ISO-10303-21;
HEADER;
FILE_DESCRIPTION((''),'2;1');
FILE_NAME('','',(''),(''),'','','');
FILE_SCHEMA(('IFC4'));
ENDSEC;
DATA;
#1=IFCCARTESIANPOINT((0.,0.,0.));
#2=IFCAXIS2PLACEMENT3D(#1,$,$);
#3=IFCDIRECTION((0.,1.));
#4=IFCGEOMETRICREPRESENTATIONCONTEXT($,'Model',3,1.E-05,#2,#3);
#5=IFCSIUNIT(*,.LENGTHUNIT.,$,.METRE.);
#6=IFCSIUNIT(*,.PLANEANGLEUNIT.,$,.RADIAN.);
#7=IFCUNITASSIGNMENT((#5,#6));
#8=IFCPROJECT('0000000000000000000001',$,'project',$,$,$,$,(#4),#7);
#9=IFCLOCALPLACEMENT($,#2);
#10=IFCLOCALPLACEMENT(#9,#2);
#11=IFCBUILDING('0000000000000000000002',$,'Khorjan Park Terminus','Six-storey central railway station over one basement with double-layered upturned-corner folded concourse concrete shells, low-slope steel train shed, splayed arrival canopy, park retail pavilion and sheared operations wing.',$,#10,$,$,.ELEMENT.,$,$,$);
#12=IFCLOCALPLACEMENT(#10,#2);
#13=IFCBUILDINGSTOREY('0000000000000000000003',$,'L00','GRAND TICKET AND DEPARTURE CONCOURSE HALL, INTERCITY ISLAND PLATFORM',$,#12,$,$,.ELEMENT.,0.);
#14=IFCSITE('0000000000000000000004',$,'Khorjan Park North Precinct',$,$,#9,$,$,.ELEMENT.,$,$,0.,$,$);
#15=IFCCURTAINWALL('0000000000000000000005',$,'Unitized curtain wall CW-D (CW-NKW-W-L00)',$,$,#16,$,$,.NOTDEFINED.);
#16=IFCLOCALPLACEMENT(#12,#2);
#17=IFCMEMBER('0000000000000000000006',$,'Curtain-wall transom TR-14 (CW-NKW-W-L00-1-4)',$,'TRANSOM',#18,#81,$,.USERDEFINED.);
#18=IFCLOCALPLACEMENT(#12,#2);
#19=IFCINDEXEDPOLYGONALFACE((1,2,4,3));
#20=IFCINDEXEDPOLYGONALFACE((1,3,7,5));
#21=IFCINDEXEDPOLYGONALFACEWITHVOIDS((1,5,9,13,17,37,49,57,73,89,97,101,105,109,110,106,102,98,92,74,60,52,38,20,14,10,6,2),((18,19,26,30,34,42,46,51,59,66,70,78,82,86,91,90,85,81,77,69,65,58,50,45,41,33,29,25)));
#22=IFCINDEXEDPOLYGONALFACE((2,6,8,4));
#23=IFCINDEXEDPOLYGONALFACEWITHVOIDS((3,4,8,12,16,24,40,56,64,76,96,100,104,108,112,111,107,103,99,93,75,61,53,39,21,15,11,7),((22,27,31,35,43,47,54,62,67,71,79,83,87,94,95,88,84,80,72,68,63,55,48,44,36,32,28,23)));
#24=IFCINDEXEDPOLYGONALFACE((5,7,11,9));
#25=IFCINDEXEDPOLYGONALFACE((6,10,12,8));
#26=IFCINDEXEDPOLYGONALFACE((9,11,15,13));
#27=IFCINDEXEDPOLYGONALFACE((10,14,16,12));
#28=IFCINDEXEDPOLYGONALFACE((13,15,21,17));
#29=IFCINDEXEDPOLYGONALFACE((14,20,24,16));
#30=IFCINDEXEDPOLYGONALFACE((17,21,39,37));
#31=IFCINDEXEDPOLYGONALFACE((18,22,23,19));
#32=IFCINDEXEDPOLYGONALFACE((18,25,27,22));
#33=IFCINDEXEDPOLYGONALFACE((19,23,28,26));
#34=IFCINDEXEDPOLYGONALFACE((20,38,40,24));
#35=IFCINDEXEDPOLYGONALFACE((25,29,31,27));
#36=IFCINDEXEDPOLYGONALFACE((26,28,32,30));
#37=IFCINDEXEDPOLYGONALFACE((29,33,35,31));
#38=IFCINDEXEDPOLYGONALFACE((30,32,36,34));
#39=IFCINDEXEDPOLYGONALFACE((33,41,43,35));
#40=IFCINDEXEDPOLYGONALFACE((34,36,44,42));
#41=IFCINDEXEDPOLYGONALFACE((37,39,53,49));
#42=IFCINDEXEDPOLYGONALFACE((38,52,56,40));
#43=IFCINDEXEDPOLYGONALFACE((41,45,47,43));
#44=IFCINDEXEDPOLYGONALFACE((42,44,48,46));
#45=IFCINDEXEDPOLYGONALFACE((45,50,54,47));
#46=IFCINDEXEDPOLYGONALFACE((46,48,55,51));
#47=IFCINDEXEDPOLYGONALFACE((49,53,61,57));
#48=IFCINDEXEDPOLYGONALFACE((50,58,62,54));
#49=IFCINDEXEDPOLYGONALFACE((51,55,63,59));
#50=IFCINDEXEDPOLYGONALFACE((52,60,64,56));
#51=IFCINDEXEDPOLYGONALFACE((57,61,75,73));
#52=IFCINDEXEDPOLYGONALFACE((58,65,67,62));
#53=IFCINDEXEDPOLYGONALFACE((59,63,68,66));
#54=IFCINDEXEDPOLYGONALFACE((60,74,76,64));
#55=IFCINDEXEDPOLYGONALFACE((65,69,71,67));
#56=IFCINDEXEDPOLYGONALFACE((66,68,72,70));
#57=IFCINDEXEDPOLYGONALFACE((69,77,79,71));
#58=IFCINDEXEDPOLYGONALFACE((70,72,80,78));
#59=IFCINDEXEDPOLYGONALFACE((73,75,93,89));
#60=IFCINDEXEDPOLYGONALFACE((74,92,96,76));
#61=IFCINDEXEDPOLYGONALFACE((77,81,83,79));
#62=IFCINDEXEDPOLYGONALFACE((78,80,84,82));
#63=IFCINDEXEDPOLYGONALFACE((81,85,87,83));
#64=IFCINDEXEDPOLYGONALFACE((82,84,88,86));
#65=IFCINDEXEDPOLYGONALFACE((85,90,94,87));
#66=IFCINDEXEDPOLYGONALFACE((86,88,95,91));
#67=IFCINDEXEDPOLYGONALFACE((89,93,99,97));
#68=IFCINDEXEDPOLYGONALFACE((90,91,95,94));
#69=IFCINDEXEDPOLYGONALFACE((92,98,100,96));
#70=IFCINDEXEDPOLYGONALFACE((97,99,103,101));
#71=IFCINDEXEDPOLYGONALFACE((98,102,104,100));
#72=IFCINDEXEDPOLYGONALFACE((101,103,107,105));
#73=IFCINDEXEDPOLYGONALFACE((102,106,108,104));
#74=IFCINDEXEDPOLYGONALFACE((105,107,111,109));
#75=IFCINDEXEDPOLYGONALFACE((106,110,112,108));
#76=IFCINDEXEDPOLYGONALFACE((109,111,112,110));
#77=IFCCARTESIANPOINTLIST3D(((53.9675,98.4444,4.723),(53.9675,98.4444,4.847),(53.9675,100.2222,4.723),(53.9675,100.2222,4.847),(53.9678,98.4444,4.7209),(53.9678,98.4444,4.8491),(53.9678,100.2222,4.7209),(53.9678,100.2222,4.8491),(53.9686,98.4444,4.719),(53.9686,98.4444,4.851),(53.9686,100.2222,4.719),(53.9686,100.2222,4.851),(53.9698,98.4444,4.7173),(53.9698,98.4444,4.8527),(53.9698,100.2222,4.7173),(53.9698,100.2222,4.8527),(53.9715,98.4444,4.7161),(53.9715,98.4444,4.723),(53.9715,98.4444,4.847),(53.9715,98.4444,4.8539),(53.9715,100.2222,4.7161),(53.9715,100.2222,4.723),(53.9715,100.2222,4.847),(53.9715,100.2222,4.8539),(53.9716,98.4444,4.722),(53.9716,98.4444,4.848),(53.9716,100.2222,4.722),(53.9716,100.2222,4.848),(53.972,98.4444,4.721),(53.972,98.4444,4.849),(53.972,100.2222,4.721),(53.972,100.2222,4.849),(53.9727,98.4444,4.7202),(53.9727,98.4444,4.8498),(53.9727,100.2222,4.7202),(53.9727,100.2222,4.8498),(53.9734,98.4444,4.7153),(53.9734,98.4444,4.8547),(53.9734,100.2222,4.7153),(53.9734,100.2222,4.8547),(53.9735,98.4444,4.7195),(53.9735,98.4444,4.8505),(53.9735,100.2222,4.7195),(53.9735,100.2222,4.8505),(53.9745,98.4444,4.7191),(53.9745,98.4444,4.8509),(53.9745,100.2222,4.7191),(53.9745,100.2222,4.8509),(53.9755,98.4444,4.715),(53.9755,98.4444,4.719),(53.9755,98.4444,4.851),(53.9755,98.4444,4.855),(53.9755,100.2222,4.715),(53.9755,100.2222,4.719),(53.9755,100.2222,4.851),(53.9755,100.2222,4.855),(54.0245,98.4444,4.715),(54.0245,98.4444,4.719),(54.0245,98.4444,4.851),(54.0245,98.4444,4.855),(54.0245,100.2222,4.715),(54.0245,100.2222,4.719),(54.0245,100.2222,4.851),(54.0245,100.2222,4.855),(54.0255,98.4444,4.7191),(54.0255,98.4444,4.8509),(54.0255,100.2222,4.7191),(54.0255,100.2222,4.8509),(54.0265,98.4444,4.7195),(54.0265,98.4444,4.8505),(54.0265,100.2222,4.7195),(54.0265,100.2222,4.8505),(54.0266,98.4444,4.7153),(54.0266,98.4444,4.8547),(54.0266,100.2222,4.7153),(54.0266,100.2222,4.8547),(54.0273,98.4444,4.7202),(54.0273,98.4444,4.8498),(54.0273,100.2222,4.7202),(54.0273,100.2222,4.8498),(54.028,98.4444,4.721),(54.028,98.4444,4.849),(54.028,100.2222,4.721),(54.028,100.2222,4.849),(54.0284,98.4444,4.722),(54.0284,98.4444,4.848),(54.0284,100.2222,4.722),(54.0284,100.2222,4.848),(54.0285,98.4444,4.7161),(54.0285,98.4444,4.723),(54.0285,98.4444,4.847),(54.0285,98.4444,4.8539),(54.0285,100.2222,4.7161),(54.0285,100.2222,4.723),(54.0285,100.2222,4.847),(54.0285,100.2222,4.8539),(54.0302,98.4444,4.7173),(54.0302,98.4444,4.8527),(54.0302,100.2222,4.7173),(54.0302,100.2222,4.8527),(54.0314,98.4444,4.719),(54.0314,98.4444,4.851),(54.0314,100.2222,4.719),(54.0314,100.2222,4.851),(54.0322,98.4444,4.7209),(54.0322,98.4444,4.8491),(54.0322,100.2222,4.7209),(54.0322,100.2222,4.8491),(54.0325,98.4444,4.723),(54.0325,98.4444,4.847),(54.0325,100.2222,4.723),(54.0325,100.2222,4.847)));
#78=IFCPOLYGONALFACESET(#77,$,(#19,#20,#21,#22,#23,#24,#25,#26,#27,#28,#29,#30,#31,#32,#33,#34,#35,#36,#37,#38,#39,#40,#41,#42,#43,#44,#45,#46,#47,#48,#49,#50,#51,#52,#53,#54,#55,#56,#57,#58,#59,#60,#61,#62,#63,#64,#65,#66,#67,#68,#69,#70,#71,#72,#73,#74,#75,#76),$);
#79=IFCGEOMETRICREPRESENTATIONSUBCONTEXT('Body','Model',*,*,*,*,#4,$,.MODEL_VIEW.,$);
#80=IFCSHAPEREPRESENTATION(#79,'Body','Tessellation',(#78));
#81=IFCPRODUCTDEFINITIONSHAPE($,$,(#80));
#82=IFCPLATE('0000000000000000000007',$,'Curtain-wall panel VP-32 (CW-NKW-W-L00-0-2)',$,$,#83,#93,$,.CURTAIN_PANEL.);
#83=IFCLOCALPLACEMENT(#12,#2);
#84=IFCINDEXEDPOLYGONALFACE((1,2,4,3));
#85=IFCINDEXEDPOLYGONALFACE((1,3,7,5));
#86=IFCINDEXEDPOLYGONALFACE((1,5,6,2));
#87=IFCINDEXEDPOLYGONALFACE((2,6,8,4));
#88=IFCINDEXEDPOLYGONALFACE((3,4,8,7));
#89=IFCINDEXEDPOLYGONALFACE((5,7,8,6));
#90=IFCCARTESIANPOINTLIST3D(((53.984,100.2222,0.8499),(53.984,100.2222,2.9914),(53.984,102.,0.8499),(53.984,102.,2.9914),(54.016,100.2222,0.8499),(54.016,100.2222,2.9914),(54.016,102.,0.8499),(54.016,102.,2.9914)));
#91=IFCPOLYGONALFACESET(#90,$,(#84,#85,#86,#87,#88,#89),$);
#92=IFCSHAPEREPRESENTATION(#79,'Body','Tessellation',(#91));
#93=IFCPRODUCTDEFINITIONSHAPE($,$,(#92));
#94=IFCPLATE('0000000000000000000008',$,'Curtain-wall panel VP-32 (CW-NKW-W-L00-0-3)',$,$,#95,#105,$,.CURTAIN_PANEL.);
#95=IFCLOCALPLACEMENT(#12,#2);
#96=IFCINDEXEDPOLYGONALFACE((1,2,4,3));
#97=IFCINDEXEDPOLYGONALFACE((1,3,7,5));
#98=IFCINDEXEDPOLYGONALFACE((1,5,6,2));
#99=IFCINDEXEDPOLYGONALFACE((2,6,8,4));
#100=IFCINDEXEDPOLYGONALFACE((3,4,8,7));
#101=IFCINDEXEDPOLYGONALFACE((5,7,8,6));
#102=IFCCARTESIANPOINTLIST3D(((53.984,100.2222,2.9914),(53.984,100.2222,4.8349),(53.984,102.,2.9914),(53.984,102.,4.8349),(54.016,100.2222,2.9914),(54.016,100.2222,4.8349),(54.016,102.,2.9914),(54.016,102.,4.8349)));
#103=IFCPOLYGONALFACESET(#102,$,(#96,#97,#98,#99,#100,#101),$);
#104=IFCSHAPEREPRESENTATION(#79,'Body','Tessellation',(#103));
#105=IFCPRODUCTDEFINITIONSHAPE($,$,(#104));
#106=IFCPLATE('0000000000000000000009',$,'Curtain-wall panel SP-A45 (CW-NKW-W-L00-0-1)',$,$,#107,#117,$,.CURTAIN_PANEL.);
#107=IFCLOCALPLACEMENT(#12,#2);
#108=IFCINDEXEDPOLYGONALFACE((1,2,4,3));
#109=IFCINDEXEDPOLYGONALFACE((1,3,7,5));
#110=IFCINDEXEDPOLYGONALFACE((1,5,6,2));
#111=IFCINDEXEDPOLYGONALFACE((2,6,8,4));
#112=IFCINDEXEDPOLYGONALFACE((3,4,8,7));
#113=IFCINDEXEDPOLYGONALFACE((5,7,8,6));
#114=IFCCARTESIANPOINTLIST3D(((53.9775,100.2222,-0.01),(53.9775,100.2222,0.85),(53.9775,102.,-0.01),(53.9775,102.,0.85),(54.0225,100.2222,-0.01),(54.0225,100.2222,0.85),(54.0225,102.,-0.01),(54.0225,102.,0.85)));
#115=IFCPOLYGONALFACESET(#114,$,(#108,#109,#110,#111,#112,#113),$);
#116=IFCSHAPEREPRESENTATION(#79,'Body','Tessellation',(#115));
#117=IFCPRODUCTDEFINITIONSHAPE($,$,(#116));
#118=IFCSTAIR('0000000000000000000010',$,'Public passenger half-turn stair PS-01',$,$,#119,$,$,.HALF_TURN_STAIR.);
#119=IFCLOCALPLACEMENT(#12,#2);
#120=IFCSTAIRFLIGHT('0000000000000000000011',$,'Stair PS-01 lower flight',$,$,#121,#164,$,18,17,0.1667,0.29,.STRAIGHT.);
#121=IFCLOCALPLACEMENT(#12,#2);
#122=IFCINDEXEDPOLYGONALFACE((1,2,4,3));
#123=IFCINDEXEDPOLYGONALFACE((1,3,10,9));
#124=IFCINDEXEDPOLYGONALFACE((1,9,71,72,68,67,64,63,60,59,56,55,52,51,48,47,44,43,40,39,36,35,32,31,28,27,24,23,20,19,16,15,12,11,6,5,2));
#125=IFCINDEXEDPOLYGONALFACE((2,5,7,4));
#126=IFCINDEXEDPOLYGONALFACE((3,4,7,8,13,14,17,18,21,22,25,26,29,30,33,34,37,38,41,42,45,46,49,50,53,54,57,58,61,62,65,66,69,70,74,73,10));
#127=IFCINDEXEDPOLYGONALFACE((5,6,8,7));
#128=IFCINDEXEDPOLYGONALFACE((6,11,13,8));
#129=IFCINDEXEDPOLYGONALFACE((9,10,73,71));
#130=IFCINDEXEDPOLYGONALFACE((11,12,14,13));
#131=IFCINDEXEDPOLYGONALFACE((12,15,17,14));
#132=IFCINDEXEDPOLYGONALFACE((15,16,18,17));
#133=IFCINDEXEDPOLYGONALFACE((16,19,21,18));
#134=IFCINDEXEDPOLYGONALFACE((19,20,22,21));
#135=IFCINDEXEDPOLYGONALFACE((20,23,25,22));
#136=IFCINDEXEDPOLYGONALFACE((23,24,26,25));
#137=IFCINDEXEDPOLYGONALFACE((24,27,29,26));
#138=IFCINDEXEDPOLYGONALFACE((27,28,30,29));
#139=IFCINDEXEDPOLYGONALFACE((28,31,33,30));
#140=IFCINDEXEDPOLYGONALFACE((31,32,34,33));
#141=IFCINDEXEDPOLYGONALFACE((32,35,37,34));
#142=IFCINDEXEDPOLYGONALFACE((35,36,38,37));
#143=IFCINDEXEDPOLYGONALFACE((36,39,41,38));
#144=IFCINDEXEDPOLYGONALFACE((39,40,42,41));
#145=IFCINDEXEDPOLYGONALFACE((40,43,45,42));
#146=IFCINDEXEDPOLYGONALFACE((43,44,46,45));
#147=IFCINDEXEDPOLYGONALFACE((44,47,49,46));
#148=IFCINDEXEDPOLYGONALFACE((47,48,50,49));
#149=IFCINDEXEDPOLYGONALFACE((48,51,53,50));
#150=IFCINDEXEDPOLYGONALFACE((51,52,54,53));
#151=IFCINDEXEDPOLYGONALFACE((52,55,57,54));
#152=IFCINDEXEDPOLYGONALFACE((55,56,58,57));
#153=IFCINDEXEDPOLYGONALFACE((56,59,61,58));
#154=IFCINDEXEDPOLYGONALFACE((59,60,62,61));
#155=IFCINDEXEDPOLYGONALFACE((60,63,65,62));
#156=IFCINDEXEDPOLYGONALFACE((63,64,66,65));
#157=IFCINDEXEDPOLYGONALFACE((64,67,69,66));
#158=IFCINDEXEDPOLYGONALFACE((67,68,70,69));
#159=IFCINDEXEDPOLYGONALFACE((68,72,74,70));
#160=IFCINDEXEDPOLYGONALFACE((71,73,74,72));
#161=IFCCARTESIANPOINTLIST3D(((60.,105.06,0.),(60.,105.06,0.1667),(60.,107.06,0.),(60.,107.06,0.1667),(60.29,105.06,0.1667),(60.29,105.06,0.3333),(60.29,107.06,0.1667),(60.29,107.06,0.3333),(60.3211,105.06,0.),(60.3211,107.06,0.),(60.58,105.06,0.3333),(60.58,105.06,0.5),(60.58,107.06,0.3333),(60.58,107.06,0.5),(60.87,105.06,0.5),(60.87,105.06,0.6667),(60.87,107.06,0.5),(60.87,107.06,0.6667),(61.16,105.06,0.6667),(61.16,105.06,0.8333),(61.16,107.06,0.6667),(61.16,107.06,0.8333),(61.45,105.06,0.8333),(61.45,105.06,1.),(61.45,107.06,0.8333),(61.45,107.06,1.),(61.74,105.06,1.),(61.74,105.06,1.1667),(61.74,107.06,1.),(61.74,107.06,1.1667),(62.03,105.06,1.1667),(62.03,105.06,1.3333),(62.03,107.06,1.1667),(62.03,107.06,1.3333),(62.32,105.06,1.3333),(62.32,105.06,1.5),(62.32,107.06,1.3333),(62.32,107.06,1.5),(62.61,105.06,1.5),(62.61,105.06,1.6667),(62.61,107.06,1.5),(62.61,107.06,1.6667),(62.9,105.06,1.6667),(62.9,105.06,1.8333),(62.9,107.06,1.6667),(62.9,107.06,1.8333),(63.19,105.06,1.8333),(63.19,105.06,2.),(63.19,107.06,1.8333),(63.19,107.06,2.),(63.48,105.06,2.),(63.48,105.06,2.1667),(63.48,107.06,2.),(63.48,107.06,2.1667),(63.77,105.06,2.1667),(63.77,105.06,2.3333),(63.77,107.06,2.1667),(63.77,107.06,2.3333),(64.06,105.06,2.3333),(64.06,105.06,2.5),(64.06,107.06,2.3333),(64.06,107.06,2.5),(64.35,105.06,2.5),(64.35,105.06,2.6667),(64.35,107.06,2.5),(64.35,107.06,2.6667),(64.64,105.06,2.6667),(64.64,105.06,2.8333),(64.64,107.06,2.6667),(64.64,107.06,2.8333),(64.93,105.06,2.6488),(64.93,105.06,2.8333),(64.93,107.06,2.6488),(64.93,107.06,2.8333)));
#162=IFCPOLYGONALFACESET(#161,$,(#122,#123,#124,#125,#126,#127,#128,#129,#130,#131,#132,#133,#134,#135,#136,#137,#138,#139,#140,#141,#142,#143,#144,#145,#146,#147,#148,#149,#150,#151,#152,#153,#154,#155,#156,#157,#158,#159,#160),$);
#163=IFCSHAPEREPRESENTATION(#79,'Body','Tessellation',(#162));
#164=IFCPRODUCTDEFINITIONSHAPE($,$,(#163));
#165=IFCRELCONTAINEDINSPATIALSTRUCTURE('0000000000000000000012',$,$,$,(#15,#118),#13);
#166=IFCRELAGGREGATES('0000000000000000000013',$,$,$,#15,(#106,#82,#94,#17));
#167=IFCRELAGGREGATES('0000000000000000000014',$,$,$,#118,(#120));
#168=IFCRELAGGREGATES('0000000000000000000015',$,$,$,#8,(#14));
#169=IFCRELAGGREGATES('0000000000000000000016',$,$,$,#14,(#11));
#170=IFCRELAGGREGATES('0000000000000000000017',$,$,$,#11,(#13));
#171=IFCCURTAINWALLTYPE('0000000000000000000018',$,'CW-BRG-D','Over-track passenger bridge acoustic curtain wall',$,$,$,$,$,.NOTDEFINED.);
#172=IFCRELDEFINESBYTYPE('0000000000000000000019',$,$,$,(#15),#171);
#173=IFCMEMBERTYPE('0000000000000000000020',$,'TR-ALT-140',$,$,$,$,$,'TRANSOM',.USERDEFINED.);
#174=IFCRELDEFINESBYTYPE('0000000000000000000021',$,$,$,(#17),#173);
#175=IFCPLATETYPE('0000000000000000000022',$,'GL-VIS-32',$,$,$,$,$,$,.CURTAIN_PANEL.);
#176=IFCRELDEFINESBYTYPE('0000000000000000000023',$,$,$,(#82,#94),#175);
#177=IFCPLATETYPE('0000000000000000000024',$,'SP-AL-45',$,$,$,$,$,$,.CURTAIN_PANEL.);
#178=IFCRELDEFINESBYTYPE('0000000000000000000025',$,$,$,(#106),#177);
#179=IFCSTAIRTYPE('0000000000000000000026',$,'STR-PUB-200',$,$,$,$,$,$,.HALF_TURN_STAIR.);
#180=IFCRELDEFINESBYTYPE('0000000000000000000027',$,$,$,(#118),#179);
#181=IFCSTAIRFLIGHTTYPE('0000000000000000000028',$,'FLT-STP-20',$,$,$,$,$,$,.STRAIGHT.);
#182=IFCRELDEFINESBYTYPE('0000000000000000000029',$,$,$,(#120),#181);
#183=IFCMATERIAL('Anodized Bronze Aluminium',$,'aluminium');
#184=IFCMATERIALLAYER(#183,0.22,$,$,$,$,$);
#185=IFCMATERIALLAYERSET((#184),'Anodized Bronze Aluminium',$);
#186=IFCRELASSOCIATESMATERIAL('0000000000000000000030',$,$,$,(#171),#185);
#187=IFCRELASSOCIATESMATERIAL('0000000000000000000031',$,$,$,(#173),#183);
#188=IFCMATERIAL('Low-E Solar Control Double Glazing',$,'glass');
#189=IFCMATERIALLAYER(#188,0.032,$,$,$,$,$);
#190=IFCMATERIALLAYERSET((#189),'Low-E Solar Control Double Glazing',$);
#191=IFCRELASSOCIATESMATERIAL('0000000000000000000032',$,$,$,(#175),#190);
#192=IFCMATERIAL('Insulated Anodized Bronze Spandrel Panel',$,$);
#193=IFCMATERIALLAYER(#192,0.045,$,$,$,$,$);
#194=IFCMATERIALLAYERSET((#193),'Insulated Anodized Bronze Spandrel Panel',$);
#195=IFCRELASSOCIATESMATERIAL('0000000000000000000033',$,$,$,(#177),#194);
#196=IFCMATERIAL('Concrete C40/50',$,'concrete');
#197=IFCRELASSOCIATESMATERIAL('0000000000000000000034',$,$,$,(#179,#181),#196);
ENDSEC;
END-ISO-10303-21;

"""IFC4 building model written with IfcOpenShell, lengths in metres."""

from ifc_helpers import new_model, si_unit, direction, frame, origin, origin_2d, place, context, subcontext, project, spatial, polyline, rectangle, hollow_rectangle, outline, extrude, material, layer, layer_set, material_profile, profile_set, type_object, element, aggregate, save


model = new_model("IFC4")

# Units and contexts
model_context = context("Model", 3, precision=1e-05, world=origin(), true_north=direction((0.0, 1.0)))
body_context = subcontext(model_context, "Body", "Model", "MODEL_VIEW")
ifc_project = project(units=[si_unit("LENGTHUNIT", "METRE"), si_unit("PLANEANGLEUNIT", "RADIAN")], contexts=[model_context])

# Site, building, storey
site_placement = place(None, origin())
site = spatial("IfcSite", under=ifc_project, at=site_placement, Name="Khorjan Park North Precinct", CompositionType="ELEMENT", RefElevation=0.0)
building_placement = place(site_placement, origin())
building = spatial("IfcBuilding", under=site, at=building_placement, Name="Khorjan Park Terminus", Description="Six-storey central railway station over one basement with double-layered upturned-corner folded concourse concrete shells, low-slope steel train shed, splayed arrival canopy, park retail pavilion and sheared operations wing.", CompositionType="ELEMENT")
storey_placement = place(building_placement, origin())
storey = spatial("IfcBuildingStorey", under=building, at=storey_placement, Name="L00", Description="GRAND TICKET AND DEPARTURE CONCOURSE HALL, INTERCITY ISLAND PLATFORM", CompositionType="ELEMENT", Elevation=0.0)

# Shared definitions
ifc_material_1 = material(Name="Concrete C40/50", Category="concrete")

# Curtain wall, member, plates
ifc_material_2 = material(Name="Anodized Bronze Aluminium", Category="aluminium")
ifc_layer_1 = layer(ifc_material_2, 0.22)
ifc_layer_set_1 = layer_set([ifc_layer_1], Name="Anodized Bronze Aluminium")
curtain_wall_type = type_object("IfcCurtainWallType", Name="CW-BRG-D", Description="Over-track passenger bridge acoustic curtain wall", PredefinedType="NOTDEFINED", material=ifc_layer_set_1)
curtain_wall_placement = place(storey_placement, origin())
curtain_wall = element("IfcCurtainWall", 1, at=curtain_wall_placement, inside=storey, type_object=curtain_wall_type, Name="Unitized curtain wall CW-D (CW-NKW-W-L00)", PredefinedType="NOTDEFINED")
ifc_material_profile_1 = material_profile(ifc_material_2, hollow_rectangle(XDim=0.065, YDim=0.14, WallThickness=0.004, InnerFilletRadius=0.004, OuterFilletRadius=0.008, at=origin_2d()), Name="ALT 65x140x4")
ifc_profile_set_1 = profile_set([ifc_material_profile_1], Name="Anodized Bronze Aluminium")
member_type_1 = type_object("IfcMemberType", Name="TR-ALT-140", ElementType="TRANSOM", PredefinedType="USERDEFINED", material=ifc_profile_set_1)
member_1_placement = place(storey_placement, frame((54.0, 100.2222, 4.785), z_axis=(0.0, -1.0, 0.0), x_axis=(1.0, 0.0, 0.0)))
member_1 = element("IfcMember", 2, at=member_1_placement, type_object=member_type_1, Name="Curtain-wall transom TR-14 (CW-NKW-W-L00-1-4)", ObjectType="TRANSOM", PredefinedType="USERDEFINED", context=body_context, shape_type="SweptSolid", body=[
    extrude(hollow_rectangle(XDim=0.065, YDim=0.14, WallThickness=0.004, InnerFilletRadius=0.004, OuterFilletRadius=0.008, at=origin_2d()), origin(), (0.0, 0.0, 1.0), 1.7778),
])
ifc_material_3 = material(Name="Low-E Solar Control Double Glazing", Category="glass")
ifc_layer_2 = layer(ifc_material_3, 0.032)
ifc_layer_set_2 = layer_set([ifc_layer_2], Name="Low-E Solar Control Double Glazing")
plate_type_1 = type_object("IfcPlateType", Name="GL-VIS-32", PredefinedType="CURTAIN_PANEL", material=ifc_layer_set_2)
plate_1_placement = place(storey_placement, frame((54.0, 101.1111, 0.8499), z_axis=(0.0, 0.0, 1.0), x_axis=(0.0, -1.0, 0.0)))
plate_1 = element("IfcPlate", 3, at=plate_1_placement, type_object=plate_type_1, Name="Curtain-wall panel VP-32 (CW-NKW-W-L00-0-2)", PredefinedType="CURTAIN_PANEL", context=body_context, shape_type="SweptSolid", body=[
    extrude(rectangle(XDim=1.7778, YDim=0.032, at=origin_2d()), origin(), (0.0, 0.0, 1.0), 2.1415),
])
plate_2_placement = place(storey_placement, frame((54.0, 101.1111, 2.9914), z_axis=(0.0, 0.0, 1.0), x_axis=(0.0, -1.0, 0.0)))
plate_2 = element("IfcPlate", 4, at=plate_2_placement, type_object=plate_type_1, Name="Curtain-wall panel VP-32 (CW-NKW-W-L00-0-3)", PredefinedType="CURTAIN_PANEL", context=body_context, shape_type="SweptSolid", body=[
    extrude(rectangle(XDim=1.7778, YDim=0.032, at=origin_2d()), origin(), (0.0, 0.0, 1.0), 1.8435),
])
ifc_material_4 = material(Name="Insulated Anodized Bronze Spandrel Panel")
ifc_layer_3 = layer(ifc_material_4, 0.045)
ifc_layer_set_3 = layer_set([ifc_layer_3], Name="Insulated Anodized Bronze Spandrel Panel")
plate_type_2 = type_object("IfcPlateType", Name="SP-AL-45", PredefinedType="CURTAIN_PANEL", material=ifc_layer_set_3)
plate_3_placement = place(storey_placement, frame((54.0, 101.1111, -0.01), z_axis=(0.0, 0.0, 1.0), x_axis=(0.0, -1.0, 0.0)))
plate_3 = element("IfcPlate", 5, at=plate_3_placement, type_object=plate_type_2, Name="Curtain-wall panel SP-A45 (CW-NKW-W-L00-0-1)", PredefinedType="CURTAIN_PANEL", context=body_context, shape_type="SweptSolid", body=[
    extrude(rectangle(XDim=1.7778, YDim=0.045, at=origin_2d()), origin(), (0.0, 0.0, 1.0), 0.86),
])
aggregate(curtain_wall, [plate_3, plate_1, plate_2, member_1])

# Stair, stair flight
stair_type = type_object("IfcStairType", Name="STR-PUB-200", PredefinedType="HALF_TURN_STAIR", material=ifc_material_1)
stair_placement = place(storey_placement, origin())
stair = element("IfcStair", 6, at=stair_placement, inside=storey, type_object=stair_type, Name="Public passenger half-turn stair PS-01", PredefinedType="HALF_TURN_STAIR")
stair_flight_type = type_object("IfcStairFlightType", Name="FLT-STP-20", PredefinedType="STRAIGHT", material=ifc_material_1)
stair_flight_placement = place(storey_placement, frame((60.0, 106.06, 0.0), z_axis=(0.0, 0.0, 1.0), x_axis=(1.0, 0.0, 0.0)))
stair_flight = element("IfcStairFlight", 7, at=stair_flight_placement, type_object=stair_flight_type, Name="Stair PS-01 lower flight", NumberOfRisers=18, NumberOfTreads=17, PredefinedType="STRAIGHT", RiserHeight=0.1667, TreadLength=0.29, context=body_context, shape_type="SweptSolid", body=[
    extrude(outline(polyline([(0.0, 0.0), (0.0, 0.1667), (0.29, 0.1667), (0.29, 0.3333), (0.58, 0.3333), (0.58, 0.5), (0.87, 0.5), (0.87, 0.6667), (1.16, 0.6667), (1.16, 0.8333), (1.45, 0.8333), (1.45, 1.0), (1.74, 1.0), (1.74, 1.1667), (2.03, 1.1667), (2.03, 1.3333), (2.32, 1.3333), (2.32, 1.5), (2.61, 1.5), (2.61, 1.6667), (2.9, 1.6667), (2.9, 1.8333), (3.19, 1.8333), (3.19, 2.0), (3.48, 2.0), (3.48, 2.1667), (3.77, 2.1667), (3.77, 2.3333), (4.06, 2.3333), (4.06, 2.5), (4.35, 2.5), (4.35, 2.6667), (4.64, 2.6667), (4.64, 2.8333), (4.93, 2.8333), (4.93, 3.0), (4.93, 2.6488), (0.3211, 0.0), (0.0, 0.0)])), frame((0.0, 1.0, 0.0), z_axis=(0.0, -1.0, 0.0), x_axis=(1.0, 0.0, 0.0)), (0.0, 0.0, 1.0), 2.0),
])
aggregate(stair, [stair_flight])

save(model, "model.ifc")
